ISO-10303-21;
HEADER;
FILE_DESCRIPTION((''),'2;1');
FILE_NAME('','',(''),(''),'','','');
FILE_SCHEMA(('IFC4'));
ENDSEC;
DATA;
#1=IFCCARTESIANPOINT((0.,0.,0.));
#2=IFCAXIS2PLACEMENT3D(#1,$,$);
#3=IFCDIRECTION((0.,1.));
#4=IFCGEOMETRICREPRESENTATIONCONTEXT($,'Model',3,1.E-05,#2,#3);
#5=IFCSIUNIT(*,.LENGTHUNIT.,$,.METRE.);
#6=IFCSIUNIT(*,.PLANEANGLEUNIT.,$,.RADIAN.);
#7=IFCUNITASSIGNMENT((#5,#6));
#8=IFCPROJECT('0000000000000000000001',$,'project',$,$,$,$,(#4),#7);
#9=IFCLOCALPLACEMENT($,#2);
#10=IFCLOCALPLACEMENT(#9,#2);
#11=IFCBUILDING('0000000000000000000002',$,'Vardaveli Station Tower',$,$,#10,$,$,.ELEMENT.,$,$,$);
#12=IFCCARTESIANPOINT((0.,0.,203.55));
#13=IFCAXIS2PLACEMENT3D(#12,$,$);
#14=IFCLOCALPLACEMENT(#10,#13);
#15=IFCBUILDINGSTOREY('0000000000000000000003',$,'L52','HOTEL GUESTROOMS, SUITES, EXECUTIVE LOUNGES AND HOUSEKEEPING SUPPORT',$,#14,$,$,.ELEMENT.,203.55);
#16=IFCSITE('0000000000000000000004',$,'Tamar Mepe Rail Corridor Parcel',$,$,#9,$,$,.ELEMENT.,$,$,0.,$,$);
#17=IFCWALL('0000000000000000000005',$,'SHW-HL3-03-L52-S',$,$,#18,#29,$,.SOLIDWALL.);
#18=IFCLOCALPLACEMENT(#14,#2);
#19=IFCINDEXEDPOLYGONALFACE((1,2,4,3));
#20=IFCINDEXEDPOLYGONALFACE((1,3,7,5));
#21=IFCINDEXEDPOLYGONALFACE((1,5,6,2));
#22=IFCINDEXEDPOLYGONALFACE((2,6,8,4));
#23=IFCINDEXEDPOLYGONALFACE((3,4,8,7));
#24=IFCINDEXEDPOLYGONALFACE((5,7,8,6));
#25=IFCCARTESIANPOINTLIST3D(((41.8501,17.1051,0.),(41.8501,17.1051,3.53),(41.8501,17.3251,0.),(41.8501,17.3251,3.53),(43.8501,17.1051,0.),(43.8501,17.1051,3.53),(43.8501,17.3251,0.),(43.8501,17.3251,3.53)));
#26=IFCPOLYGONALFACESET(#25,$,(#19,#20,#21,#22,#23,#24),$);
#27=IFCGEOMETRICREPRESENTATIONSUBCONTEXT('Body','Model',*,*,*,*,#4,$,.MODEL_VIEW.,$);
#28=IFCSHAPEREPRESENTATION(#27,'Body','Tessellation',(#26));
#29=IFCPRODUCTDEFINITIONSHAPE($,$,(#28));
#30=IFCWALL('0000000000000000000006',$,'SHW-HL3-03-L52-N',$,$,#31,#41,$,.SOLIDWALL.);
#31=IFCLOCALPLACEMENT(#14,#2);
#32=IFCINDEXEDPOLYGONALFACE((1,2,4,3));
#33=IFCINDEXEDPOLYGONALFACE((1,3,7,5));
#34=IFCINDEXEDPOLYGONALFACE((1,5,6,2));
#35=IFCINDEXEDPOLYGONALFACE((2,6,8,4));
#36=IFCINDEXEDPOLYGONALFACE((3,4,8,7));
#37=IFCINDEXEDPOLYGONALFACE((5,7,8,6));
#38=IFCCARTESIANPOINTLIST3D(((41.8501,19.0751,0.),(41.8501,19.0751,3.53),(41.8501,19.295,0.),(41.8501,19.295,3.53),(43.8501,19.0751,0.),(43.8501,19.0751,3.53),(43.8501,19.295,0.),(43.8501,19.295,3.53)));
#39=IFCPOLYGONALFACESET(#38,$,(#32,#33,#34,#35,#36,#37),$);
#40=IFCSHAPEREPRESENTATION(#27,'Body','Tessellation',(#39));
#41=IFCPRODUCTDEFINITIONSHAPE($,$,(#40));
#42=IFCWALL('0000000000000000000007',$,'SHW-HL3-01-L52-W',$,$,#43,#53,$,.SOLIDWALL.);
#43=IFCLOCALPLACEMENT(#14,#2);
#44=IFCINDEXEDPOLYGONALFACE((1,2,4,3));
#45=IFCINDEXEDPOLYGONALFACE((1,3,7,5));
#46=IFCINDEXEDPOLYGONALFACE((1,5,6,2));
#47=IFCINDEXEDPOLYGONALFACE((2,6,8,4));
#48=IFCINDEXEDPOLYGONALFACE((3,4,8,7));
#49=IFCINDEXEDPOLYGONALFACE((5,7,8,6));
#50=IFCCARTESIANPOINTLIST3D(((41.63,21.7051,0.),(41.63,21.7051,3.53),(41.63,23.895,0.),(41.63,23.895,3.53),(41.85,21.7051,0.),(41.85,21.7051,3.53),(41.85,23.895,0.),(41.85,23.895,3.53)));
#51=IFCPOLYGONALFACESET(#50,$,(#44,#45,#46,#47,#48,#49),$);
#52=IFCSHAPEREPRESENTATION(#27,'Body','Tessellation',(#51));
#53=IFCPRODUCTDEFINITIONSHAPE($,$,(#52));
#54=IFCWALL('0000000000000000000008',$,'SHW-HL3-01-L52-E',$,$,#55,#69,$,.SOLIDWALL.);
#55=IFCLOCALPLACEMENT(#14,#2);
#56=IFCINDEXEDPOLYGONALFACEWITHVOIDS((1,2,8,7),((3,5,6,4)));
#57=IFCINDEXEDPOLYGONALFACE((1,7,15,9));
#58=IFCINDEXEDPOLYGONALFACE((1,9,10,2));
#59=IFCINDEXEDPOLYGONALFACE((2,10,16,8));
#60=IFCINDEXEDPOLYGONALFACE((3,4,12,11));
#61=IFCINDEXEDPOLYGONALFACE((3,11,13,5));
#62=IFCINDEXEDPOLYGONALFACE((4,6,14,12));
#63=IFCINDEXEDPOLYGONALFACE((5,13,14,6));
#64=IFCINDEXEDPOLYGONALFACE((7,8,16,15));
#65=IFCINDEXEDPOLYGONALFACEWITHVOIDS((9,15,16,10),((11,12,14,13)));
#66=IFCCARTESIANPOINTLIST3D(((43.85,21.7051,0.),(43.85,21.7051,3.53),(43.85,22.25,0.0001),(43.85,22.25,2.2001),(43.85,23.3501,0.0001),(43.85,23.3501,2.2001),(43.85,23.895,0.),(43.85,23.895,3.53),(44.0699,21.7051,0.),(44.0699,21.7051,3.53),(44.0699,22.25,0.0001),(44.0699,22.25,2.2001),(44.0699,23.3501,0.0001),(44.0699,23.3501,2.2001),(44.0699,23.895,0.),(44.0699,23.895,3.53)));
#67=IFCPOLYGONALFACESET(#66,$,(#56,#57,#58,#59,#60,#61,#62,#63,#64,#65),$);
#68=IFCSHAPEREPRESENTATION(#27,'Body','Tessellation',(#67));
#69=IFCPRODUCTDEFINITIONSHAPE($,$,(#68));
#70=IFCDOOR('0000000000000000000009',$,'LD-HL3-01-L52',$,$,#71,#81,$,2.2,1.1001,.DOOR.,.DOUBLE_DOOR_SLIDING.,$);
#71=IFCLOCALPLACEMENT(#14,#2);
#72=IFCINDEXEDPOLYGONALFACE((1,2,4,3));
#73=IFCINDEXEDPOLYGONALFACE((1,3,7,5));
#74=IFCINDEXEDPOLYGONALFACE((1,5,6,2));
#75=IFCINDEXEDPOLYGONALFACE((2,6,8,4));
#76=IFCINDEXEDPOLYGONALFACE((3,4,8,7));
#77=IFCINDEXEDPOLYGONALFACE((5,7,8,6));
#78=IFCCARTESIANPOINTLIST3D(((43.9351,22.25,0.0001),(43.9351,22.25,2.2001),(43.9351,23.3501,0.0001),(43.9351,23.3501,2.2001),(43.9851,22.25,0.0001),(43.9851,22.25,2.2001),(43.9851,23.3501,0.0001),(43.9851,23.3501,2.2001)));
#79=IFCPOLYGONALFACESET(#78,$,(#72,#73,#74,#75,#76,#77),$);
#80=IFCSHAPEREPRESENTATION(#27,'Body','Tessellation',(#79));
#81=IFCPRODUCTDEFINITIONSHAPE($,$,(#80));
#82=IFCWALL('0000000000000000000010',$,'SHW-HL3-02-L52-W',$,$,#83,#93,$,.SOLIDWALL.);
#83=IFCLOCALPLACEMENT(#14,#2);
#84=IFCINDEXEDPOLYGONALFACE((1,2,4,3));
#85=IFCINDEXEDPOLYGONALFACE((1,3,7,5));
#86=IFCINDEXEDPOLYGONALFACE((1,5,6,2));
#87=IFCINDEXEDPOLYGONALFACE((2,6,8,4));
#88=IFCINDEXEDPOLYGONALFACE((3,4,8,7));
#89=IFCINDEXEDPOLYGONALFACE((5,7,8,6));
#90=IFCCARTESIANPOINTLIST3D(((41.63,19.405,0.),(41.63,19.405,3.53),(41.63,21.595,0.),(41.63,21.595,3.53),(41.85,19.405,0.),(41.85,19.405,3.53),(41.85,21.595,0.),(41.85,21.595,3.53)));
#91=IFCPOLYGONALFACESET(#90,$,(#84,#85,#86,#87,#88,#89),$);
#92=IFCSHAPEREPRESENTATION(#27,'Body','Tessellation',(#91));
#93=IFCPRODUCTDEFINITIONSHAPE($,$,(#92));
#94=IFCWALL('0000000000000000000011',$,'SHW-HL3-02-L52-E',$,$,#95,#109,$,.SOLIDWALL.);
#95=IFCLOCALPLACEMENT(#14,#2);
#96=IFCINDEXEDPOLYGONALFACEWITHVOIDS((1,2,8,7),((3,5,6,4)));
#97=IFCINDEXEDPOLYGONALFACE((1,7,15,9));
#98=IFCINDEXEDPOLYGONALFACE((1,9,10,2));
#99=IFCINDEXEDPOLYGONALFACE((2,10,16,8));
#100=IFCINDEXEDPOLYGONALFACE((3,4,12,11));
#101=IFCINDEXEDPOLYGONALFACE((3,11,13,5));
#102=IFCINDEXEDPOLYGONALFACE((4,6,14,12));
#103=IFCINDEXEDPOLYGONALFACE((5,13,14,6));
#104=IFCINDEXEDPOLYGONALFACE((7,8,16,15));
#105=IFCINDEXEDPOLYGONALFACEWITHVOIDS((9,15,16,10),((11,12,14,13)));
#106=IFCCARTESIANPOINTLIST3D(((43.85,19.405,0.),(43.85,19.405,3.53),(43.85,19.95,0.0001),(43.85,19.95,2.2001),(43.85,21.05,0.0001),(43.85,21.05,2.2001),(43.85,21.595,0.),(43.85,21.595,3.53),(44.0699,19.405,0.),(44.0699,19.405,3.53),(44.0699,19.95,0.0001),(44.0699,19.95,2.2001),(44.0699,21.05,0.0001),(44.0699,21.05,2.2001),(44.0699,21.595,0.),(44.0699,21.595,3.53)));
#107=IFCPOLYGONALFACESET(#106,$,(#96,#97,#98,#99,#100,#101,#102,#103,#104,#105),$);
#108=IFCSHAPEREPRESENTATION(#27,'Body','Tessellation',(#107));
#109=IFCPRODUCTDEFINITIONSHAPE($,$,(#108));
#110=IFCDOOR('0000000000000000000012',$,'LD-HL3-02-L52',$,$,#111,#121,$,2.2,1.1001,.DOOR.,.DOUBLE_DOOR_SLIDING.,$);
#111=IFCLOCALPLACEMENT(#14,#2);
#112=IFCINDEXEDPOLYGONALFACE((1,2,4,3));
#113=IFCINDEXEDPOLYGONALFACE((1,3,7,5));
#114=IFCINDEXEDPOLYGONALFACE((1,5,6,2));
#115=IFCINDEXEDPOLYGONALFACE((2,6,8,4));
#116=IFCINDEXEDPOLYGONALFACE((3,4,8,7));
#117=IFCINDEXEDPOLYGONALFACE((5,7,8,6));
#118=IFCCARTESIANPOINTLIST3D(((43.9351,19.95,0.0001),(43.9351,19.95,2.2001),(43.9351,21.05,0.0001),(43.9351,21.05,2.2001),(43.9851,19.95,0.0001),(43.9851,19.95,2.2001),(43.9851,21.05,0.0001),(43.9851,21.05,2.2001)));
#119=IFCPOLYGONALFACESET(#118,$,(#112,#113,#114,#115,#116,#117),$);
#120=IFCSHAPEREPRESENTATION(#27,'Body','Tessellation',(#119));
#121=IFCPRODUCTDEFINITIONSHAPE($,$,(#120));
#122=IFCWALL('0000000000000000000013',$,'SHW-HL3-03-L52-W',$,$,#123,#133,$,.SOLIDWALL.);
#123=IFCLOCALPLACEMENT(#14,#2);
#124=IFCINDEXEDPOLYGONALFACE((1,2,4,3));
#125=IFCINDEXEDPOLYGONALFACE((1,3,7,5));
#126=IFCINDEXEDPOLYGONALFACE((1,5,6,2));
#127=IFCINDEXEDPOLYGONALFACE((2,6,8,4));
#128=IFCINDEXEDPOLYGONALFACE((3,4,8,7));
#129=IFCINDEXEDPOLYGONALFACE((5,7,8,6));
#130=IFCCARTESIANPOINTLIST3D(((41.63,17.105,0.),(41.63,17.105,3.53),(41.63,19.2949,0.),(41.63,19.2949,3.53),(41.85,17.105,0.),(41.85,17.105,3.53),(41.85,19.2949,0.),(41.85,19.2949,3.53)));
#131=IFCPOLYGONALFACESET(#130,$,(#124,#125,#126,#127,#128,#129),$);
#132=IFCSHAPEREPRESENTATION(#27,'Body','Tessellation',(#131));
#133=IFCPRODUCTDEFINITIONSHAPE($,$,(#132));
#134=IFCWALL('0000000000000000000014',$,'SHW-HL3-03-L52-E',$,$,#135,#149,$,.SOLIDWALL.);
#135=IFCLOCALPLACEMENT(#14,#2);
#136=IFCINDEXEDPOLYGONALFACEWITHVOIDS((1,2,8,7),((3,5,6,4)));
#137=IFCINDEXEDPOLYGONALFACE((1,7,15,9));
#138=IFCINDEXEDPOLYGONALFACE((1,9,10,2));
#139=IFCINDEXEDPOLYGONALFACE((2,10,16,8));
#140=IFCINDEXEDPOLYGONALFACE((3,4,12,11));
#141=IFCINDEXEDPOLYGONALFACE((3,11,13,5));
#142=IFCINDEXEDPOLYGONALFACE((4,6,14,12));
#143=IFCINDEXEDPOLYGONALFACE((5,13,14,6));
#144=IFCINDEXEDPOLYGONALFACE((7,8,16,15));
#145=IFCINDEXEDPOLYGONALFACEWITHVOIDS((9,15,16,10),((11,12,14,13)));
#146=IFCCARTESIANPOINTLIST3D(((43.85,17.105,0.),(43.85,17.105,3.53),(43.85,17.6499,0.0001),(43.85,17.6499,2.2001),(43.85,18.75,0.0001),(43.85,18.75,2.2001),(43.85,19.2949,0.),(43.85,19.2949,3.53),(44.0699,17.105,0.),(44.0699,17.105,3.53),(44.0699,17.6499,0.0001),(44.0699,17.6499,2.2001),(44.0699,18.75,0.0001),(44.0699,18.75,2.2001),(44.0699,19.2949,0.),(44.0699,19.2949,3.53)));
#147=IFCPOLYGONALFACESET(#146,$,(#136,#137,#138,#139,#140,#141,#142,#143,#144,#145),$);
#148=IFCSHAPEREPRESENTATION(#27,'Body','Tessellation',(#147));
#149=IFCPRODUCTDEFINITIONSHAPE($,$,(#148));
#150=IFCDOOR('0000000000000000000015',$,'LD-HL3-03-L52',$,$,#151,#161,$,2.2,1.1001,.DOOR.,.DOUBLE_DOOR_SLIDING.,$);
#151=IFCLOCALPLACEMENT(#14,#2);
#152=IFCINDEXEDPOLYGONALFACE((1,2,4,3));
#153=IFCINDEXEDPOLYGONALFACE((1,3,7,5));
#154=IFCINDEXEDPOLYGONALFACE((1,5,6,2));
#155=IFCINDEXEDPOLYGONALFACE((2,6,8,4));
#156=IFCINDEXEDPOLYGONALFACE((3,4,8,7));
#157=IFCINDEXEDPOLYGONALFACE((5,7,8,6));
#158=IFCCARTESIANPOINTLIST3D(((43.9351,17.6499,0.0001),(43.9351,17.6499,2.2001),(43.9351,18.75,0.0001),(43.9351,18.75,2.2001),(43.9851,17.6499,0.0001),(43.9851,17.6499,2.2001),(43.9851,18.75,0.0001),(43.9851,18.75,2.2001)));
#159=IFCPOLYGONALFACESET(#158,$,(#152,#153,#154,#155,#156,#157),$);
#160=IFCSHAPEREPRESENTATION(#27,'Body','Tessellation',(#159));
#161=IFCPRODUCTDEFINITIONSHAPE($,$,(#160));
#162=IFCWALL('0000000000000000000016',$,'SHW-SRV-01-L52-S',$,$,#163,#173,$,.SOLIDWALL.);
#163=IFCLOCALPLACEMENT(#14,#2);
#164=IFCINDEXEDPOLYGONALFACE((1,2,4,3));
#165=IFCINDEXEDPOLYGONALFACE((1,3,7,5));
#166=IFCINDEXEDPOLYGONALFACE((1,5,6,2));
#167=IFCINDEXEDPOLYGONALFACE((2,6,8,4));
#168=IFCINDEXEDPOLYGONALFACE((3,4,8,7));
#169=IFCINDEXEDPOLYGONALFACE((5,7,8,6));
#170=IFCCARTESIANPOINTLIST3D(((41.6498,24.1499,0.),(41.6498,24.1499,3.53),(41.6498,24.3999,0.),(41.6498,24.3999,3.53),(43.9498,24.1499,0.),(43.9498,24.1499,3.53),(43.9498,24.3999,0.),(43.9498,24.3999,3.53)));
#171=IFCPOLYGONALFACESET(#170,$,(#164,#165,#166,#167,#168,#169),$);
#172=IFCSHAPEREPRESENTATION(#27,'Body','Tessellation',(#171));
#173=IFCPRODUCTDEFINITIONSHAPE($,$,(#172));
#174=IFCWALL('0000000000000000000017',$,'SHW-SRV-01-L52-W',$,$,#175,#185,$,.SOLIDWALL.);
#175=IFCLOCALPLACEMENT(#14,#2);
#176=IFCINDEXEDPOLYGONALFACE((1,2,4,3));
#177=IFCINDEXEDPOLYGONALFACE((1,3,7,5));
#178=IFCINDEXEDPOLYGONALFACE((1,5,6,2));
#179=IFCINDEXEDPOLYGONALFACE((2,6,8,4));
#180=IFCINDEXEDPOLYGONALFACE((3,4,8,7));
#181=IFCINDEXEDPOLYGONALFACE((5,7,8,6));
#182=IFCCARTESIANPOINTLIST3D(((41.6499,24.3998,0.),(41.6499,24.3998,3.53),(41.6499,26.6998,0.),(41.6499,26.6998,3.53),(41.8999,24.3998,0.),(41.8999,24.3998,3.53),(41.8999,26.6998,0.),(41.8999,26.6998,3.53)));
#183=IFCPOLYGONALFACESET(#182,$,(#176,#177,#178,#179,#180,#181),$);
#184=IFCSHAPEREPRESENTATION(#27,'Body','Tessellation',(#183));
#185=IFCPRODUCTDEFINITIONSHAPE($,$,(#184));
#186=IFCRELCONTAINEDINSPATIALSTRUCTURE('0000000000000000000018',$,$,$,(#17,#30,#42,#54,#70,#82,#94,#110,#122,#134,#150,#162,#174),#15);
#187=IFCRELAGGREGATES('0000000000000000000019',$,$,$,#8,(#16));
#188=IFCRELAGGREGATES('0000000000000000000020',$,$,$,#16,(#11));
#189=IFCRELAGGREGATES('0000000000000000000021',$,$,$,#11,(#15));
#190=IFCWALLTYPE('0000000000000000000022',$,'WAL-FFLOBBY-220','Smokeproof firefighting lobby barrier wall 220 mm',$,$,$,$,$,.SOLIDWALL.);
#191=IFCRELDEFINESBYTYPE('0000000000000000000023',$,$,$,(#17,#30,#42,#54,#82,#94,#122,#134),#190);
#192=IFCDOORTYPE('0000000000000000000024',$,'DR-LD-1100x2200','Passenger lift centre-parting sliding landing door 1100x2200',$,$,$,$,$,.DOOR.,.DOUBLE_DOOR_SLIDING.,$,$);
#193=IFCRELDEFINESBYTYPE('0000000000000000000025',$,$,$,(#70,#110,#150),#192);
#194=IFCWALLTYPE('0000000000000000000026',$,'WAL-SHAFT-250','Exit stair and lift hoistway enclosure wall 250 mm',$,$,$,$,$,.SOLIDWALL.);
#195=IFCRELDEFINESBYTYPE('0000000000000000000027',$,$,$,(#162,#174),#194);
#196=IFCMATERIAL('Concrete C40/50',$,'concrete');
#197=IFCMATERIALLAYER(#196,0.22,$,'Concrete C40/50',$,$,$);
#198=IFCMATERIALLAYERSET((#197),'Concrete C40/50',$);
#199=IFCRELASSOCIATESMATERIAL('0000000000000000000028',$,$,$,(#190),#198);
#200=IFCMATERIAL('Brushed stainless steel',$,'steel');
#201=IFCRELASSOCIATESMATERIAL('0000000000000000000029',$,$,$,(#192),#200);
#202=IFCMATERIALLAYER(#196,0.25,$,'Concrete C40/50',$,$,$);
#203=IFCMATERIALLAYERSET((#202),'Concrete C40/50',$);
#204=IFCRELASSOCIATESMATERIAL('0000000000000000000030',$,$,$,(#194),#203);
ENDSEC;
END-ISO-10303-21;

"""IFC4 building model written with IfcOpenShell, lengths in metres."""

from ifc_helpers import new_model, si_unit, direction, frame, frame_2d, origin, place, context, subcontext, project, spatial, rectangle, extrude, source, transform, mapped, material, layer, layer_set, type_object, element, fill, save


model = new_model("IFC4")

# Units and contexts
model_context = context("Model", 3, precision=1e-05, world=origin(), true_north=direction((0.0, 1.0)))
body_context = subcontext(model_context, "Body", "Model", "MODEL_VIEW")
ifc_project = project(units=[si_unit("LENGTHUNIT", "METRE"), si_unit("PLANEANGLEUNIT", "RADIAN")], contexts=[model_context])

# Site, building, storey
site_placement = place(None, origin())
site = spatial("IfcSite", under=ifc_project, at=site_placement, Name="Tamar Mepe Rail Corridor Parcel", CompositionType="ELEMENT", RefElevation=0.0)
building_placement = place(site_placement, origin())
building = spatial("IfcBuilding", under=site, at=building_placement, Name="Vardaveli Station Tower", CompositionType="ELEMENT")
storey_placement = place(building_placement, frame((0.0, 0.0, 203.55)))
storey = spatial("IfcBuildingStorey", under=building, at=storey_placement, Name="L52", Description="HOTEL GUESTROOMS, SUITES, EXECUTIVE LOUNGES AND HOUSEKEEPING SUPPORT", CompositionType="ELEMENT", Elevation=203.55)

# Walls
ifc_material_1 = material(Name="Concrete C40/50", Category="concrete")
ifc_layer_1 = layer(ifc_material_1, 0.22, Name="Concrete C40/50")
ifc_layer_set_1 = layer_set([ifc_layer_1], Name="Concrete C40/50")
wall_type_1 = type_object("IfcWallType", Name="WAL-FFLOBBY-220", Description="Smokeproof firefighting lobby barrier wall 220 mm", PredefinedType="SOLIDWALL", material=ifc_layer_set_1)
shared_shape_1 = source(origin(), body_context, "Body", "SweptSolid", [
    extrude(rectangle(XDim=2.0, YDim=0.22, at=frame_2d((1.0, 0.0))), origin(), (0.0, 0.0, 1.0), 3.53),
])
for number, where, z_axis, x_axis, name in (
    (1, (41.8501, 17.2151, 0.0), (0.0, 0.0, 1.0), (1.0, 0.0, 0.0), "SHW-HL3-03-L52-S"),
    (2, (41.8501, 19.1851, 0.0), (0.0, 0.0, 1.0), (1.0, 0.0, 0.0), "SHW-HL3-03-L52-N"),
):
    element("IfcWall", number, at=place(storey_placement, frame(where, z_axis=z_axis, x_axis=x_axis)), inside=storey, type_object=wall_type_1, Name=name, PredefinedType="SOLIDWALL", context=body_context, shape_type="MappedRepresentation", body=[
        mapped(shared_shape_1, transform((0.0, 0.0, 0.0), scale=1.0)),
    ])
shared_shape_2 = source(origin(), body_context, "Body", "SweptSolid", [
    extrude(rectangle(XDim=2.1899, YDim=0.22, at=frame_2d((1.095, 0.0))), origin(), (0.0, 0.0, 1.0), 3.53),
])
wall_1_placement = place(storey_placement, frame((41.74, 21.7051, 0.0), z_axis=(0.0, 0.0, 1.0), x_axis=(0.0, 1.0, 0.0)))
element("IfcWall", 3, at=wall_1_placement, inside=storey, type_object=wall_type_1, Name="SHW-HL3-01-L52-W", PredefinedType="SOLIDWALL", context=body_context, shape_type="MappedRepresentation", body=[
    mapped(shared_shape_2, transform((0.0, 0.0, 0.0), scale=1.0)),
])

# Wall, opening, door
wall_2_placement = place(storey_placement, frame((43.96, 21.7051, 0.0), z_axis=(0.0, 0.0, 1.0), x_axis=(0.0, 1.0, 0.0)))
wall_2 = element("IfcWall", 4, at=wall_2_placement, inside=storey, type_object=wall_type_1, Name="SHW-HL3-01-L52-E", PredefinedType="SOLIDWALL", context=body_context, shape_type="MappedRepresentation", body=[
    mapped(shared_shape_2, transform((0.0, 0.0, 0.0), scale=1.0)),
])
shared_shape_3 = source(origin(), body_context, "Body", "SweptSolid", [
    extrude(rectangle(XDim=1.1001, YDim=2.2, at=frame_2d((0.55, 1.1001))), frame((0.0, 0.1201, 0.0), z_axis=(0.0, -1.0, 0.0), x_axis=(1.0, 0.0, 0.0)), (0.0, 0.0, 1.0), 0.24),
])
opening_1_placement = place(wall_2_placement, frame((0.5449, 0.0, 0.0)))
opening_1 = element("IfcOpeningElement", 5, at=opening_1_placement, cuts=wall_2, PredefinedType="OPENING", context=body_context, shape_type="MappedRepresentation", body=[
    mapped(shared_shape_3, transform((0.0, 0.0, 0.0), scale=1.0)),
])
ifc_material_2 = material(Name="Brushed stainless steel", Category="steel")
door_type = type_object("IfcDoorType", Name="DR-LD-1100x2200", Description="Passenger lift centre-parting sliding landing door 1100x2200", OperationType="DOUBLE_DOOR_SLIDING", PredefinedType="DOOR", material=ifc_material_2)
shared_shape_4 = source(origin(), body_context, "Body", "SweptSolid", [
    extrude(rectangle(XDim=1.1001, YDim=2.2, at=frame_2d((0.55, 1.1001))), frame((0.0, 0.0249, 0.0), z_axis=(0.0, -1.0, 0.0), x_axis=(1.0, 0.0, 0.0)), (0.0, 0.0, 1.0), 0.05),
])
door_1_placement = place(opening_1_placement, origin())
door_1 = element("IfcDoor", 6, at=door_1_placement, inside=storey, type_object=door_type, Name="LD-HL3-01-L52", OperationType="DOUBLE_DOOR_SLIDING", OverallHeight=2.2, OverallWidth=1.1001, PredefinedType="DOOR", context=body_context, shape_type="MappedRepresentation", body=[
    mapped(shared_shape_4, transform((0.0, 0.0, 0.0), scale=1.0)),
])
fill(opening_1, door_1)

# Wall
wall_3_placement = place(storey_placement, frame((41.74, 19.405, 0.0), z_axis=(0.0, 0.0, 1.0), x_axis=(0.0, 1.0, 0.0)))
element("IfcWall", 7, at=wall_3_placement, inside=storey, type_object=wall_type_1, Name="SHW-HL3-02-L52-W", PredefinedType="SOLIDWALL", context=body_context, shape_type="MappedRepresentation", body=[
    mapped(shared_shape_2, transform((0.0, 0.0, 0.0), scale=1.0)),
])

# Wall, opening, door
wall_4_placement = place(storey_placement, frame((43.96, 19.405, 0.0), z_axis=(0.0, 0.0, 1.0), x_axis=(0.0, 1.0, 0.0)))
wall_4 = element("IfcWall", 8, at=wall_4_placement, inside=storey, type_object=wall_type_1, Name="SHW-HL3-02-L52-E", PredefinedType="SOLIDWALL", context=body_context, shape_type="MappedRepresentation", body=[
    mapped(shared_shape_2, transform((0.0, 0.0, 0.0), scale=1.0)),
])
opening_2_placement = place(wall_4_placement, frame((0.5449, 0.0, 0.0)))
opening_2 = element("IfcOpeningElement", 9, at=opening_2_placement, cuts=wall_4, PredefinedType="OPENING", context=body_context, shape_type="MappedRepresentation", body=[
    mapped(shared_shape_3, transform((0.0, 0.0, 0.0), scale=1.0)),
])
door_2_placement = place(opening_2_placement, origin())
door_2 = element("IfcDoor", 10, at=door_2_placement, inside=storey, type_object=door_type, Name="LD-HL3-02-L52", OperationType="DOUBLE_DOOR_SLIDING", OverallHeight=2.2, OverallWidth=1.1001, PredefinedType="DOOR", context=body_context, shape_type="MappedRepresentation", body=[
    mapped(shared_shape_4, transform((0.0, 0.0, 0.0), scale=1.0)),
])
fill(opening_2, door_2)

# Wall
wall_5_placement = place(storey_placement, frame((41.74, 17.105, 0.0), z_axis=(0.0, 0.0, 1.0), x_axis=(0.0, 1.0, 0.0)))
element("IfcWall", 11, at=wall_5_placement, inside=storey, type_object=wall_type_1, Name="SHW-HL3-03-L52-W", PredefinedType="SOLIDWALL", context=body_context, shape_type="MappedRepresentation", body=[
    mapped(shared_shape_2, transform((0.0, 0.0, 0.0), scale=1.0)),
])

# Wall, opening, door
wall_6_placement = place(storey_placement, frame((43.96, 17.105, 0.0), z_axis=(0.0, 0.0, 1.0), x_axis=(0.0, 1.0, 0.0)))
wall_6 = element("IfcWall", 12, at=wall_6_placement, inside=storey, type_object=wall_type_1, Name="SHW-HL3-03-L52-E", PredefinedType="SOLIDWALL", context=body_context, shape_type="MappedRepresentation", body=[
    mapped(shared_shape_2, transform((0.0, 0.0, 0.0), scale=1.0)),
])
opening_3_placement = place(wall_6_placement, frame((0.5449, 0.0, 0.0)))
opening_3 = element("IfcOpeningElement", 13, at=opening_3_placement, cuts=wall_6, PredefinedType="OPENING", context=body_context, shape_type="MappedRepresentation", body=[
    mapped(shared_shape_3, transform((0.0, 0.0, 0.0), scale=1.0)),
])
door_3_placement = place(opening_3_placement, origin())
door_3 = element("IfcDoor", 14, at=door_3_placement, inside=storey, type_object=door_type, Name="LD-HL3-03-L52", OperationType="DOUBLE_DOOR_SLIDING", OverallHeight=2.2, OverallWidth=1.1001, PredefinedType="DOOR", context=body_context, shape_type="MappedRepresentation", body=[
    mapped(shared_shape_4, transform((0.0, 0.0, 0.0), scale=1.0)),
])
fill(opening_3, door_3)

# Walls
ifc_layer_2 = layer(ifc_material_1, 0.25, Name="Concrete C40/50")
ifc_layer_set_2 = layer_set([ifc_layer_2], Name="Concrete C40/50")
wall_type_2 = type_object("IfcWallType", Name="WAL-SHAFT-250", Description="Exit stair and lift hoistway enclosure wall 250 mm", PredefinedType="SOLIDWALL", material=ifc_layer_set_2)
shared_shape_5 = source(origin(), body_context, "Body", "SweptSolid", [
    extrude(rectangle(XDim=2.3, YDim=0.25, at=frame_2d((1.1499, 0.0))), origin(), (0.0, 0.0, 1.0), 3.53),
])
for number, where, z_axis, x_axis, name in (
    (15, (41.6499, 24.2749, 0.0), (0.0, 0.0, 1.0), (1.0, 0.0, 0.0), "SHW-SRV-01-L52-S"),
    (16, (41.7749, 24.3999, 0.0), (0.0, 0.0, 1.0), (0.0, 1.0, 0.0), "SHW-SRV-01-L52-W"),
):
    element("IfcWall", number, at=place(storey_placement, frame(where, z_axis=z_axis, x_axis=x_axis)), inside=storey, type_object=wall_type_2, Name=name, PredefinedType="SOLIDWALL", context=body_context, shape_type="MappedRepresentation", body=[
        mapped(shared_shape_5, transform((0.0, 0.0, 0.0), scale=1.0)),
    ])

save(model, "model.ifc")
